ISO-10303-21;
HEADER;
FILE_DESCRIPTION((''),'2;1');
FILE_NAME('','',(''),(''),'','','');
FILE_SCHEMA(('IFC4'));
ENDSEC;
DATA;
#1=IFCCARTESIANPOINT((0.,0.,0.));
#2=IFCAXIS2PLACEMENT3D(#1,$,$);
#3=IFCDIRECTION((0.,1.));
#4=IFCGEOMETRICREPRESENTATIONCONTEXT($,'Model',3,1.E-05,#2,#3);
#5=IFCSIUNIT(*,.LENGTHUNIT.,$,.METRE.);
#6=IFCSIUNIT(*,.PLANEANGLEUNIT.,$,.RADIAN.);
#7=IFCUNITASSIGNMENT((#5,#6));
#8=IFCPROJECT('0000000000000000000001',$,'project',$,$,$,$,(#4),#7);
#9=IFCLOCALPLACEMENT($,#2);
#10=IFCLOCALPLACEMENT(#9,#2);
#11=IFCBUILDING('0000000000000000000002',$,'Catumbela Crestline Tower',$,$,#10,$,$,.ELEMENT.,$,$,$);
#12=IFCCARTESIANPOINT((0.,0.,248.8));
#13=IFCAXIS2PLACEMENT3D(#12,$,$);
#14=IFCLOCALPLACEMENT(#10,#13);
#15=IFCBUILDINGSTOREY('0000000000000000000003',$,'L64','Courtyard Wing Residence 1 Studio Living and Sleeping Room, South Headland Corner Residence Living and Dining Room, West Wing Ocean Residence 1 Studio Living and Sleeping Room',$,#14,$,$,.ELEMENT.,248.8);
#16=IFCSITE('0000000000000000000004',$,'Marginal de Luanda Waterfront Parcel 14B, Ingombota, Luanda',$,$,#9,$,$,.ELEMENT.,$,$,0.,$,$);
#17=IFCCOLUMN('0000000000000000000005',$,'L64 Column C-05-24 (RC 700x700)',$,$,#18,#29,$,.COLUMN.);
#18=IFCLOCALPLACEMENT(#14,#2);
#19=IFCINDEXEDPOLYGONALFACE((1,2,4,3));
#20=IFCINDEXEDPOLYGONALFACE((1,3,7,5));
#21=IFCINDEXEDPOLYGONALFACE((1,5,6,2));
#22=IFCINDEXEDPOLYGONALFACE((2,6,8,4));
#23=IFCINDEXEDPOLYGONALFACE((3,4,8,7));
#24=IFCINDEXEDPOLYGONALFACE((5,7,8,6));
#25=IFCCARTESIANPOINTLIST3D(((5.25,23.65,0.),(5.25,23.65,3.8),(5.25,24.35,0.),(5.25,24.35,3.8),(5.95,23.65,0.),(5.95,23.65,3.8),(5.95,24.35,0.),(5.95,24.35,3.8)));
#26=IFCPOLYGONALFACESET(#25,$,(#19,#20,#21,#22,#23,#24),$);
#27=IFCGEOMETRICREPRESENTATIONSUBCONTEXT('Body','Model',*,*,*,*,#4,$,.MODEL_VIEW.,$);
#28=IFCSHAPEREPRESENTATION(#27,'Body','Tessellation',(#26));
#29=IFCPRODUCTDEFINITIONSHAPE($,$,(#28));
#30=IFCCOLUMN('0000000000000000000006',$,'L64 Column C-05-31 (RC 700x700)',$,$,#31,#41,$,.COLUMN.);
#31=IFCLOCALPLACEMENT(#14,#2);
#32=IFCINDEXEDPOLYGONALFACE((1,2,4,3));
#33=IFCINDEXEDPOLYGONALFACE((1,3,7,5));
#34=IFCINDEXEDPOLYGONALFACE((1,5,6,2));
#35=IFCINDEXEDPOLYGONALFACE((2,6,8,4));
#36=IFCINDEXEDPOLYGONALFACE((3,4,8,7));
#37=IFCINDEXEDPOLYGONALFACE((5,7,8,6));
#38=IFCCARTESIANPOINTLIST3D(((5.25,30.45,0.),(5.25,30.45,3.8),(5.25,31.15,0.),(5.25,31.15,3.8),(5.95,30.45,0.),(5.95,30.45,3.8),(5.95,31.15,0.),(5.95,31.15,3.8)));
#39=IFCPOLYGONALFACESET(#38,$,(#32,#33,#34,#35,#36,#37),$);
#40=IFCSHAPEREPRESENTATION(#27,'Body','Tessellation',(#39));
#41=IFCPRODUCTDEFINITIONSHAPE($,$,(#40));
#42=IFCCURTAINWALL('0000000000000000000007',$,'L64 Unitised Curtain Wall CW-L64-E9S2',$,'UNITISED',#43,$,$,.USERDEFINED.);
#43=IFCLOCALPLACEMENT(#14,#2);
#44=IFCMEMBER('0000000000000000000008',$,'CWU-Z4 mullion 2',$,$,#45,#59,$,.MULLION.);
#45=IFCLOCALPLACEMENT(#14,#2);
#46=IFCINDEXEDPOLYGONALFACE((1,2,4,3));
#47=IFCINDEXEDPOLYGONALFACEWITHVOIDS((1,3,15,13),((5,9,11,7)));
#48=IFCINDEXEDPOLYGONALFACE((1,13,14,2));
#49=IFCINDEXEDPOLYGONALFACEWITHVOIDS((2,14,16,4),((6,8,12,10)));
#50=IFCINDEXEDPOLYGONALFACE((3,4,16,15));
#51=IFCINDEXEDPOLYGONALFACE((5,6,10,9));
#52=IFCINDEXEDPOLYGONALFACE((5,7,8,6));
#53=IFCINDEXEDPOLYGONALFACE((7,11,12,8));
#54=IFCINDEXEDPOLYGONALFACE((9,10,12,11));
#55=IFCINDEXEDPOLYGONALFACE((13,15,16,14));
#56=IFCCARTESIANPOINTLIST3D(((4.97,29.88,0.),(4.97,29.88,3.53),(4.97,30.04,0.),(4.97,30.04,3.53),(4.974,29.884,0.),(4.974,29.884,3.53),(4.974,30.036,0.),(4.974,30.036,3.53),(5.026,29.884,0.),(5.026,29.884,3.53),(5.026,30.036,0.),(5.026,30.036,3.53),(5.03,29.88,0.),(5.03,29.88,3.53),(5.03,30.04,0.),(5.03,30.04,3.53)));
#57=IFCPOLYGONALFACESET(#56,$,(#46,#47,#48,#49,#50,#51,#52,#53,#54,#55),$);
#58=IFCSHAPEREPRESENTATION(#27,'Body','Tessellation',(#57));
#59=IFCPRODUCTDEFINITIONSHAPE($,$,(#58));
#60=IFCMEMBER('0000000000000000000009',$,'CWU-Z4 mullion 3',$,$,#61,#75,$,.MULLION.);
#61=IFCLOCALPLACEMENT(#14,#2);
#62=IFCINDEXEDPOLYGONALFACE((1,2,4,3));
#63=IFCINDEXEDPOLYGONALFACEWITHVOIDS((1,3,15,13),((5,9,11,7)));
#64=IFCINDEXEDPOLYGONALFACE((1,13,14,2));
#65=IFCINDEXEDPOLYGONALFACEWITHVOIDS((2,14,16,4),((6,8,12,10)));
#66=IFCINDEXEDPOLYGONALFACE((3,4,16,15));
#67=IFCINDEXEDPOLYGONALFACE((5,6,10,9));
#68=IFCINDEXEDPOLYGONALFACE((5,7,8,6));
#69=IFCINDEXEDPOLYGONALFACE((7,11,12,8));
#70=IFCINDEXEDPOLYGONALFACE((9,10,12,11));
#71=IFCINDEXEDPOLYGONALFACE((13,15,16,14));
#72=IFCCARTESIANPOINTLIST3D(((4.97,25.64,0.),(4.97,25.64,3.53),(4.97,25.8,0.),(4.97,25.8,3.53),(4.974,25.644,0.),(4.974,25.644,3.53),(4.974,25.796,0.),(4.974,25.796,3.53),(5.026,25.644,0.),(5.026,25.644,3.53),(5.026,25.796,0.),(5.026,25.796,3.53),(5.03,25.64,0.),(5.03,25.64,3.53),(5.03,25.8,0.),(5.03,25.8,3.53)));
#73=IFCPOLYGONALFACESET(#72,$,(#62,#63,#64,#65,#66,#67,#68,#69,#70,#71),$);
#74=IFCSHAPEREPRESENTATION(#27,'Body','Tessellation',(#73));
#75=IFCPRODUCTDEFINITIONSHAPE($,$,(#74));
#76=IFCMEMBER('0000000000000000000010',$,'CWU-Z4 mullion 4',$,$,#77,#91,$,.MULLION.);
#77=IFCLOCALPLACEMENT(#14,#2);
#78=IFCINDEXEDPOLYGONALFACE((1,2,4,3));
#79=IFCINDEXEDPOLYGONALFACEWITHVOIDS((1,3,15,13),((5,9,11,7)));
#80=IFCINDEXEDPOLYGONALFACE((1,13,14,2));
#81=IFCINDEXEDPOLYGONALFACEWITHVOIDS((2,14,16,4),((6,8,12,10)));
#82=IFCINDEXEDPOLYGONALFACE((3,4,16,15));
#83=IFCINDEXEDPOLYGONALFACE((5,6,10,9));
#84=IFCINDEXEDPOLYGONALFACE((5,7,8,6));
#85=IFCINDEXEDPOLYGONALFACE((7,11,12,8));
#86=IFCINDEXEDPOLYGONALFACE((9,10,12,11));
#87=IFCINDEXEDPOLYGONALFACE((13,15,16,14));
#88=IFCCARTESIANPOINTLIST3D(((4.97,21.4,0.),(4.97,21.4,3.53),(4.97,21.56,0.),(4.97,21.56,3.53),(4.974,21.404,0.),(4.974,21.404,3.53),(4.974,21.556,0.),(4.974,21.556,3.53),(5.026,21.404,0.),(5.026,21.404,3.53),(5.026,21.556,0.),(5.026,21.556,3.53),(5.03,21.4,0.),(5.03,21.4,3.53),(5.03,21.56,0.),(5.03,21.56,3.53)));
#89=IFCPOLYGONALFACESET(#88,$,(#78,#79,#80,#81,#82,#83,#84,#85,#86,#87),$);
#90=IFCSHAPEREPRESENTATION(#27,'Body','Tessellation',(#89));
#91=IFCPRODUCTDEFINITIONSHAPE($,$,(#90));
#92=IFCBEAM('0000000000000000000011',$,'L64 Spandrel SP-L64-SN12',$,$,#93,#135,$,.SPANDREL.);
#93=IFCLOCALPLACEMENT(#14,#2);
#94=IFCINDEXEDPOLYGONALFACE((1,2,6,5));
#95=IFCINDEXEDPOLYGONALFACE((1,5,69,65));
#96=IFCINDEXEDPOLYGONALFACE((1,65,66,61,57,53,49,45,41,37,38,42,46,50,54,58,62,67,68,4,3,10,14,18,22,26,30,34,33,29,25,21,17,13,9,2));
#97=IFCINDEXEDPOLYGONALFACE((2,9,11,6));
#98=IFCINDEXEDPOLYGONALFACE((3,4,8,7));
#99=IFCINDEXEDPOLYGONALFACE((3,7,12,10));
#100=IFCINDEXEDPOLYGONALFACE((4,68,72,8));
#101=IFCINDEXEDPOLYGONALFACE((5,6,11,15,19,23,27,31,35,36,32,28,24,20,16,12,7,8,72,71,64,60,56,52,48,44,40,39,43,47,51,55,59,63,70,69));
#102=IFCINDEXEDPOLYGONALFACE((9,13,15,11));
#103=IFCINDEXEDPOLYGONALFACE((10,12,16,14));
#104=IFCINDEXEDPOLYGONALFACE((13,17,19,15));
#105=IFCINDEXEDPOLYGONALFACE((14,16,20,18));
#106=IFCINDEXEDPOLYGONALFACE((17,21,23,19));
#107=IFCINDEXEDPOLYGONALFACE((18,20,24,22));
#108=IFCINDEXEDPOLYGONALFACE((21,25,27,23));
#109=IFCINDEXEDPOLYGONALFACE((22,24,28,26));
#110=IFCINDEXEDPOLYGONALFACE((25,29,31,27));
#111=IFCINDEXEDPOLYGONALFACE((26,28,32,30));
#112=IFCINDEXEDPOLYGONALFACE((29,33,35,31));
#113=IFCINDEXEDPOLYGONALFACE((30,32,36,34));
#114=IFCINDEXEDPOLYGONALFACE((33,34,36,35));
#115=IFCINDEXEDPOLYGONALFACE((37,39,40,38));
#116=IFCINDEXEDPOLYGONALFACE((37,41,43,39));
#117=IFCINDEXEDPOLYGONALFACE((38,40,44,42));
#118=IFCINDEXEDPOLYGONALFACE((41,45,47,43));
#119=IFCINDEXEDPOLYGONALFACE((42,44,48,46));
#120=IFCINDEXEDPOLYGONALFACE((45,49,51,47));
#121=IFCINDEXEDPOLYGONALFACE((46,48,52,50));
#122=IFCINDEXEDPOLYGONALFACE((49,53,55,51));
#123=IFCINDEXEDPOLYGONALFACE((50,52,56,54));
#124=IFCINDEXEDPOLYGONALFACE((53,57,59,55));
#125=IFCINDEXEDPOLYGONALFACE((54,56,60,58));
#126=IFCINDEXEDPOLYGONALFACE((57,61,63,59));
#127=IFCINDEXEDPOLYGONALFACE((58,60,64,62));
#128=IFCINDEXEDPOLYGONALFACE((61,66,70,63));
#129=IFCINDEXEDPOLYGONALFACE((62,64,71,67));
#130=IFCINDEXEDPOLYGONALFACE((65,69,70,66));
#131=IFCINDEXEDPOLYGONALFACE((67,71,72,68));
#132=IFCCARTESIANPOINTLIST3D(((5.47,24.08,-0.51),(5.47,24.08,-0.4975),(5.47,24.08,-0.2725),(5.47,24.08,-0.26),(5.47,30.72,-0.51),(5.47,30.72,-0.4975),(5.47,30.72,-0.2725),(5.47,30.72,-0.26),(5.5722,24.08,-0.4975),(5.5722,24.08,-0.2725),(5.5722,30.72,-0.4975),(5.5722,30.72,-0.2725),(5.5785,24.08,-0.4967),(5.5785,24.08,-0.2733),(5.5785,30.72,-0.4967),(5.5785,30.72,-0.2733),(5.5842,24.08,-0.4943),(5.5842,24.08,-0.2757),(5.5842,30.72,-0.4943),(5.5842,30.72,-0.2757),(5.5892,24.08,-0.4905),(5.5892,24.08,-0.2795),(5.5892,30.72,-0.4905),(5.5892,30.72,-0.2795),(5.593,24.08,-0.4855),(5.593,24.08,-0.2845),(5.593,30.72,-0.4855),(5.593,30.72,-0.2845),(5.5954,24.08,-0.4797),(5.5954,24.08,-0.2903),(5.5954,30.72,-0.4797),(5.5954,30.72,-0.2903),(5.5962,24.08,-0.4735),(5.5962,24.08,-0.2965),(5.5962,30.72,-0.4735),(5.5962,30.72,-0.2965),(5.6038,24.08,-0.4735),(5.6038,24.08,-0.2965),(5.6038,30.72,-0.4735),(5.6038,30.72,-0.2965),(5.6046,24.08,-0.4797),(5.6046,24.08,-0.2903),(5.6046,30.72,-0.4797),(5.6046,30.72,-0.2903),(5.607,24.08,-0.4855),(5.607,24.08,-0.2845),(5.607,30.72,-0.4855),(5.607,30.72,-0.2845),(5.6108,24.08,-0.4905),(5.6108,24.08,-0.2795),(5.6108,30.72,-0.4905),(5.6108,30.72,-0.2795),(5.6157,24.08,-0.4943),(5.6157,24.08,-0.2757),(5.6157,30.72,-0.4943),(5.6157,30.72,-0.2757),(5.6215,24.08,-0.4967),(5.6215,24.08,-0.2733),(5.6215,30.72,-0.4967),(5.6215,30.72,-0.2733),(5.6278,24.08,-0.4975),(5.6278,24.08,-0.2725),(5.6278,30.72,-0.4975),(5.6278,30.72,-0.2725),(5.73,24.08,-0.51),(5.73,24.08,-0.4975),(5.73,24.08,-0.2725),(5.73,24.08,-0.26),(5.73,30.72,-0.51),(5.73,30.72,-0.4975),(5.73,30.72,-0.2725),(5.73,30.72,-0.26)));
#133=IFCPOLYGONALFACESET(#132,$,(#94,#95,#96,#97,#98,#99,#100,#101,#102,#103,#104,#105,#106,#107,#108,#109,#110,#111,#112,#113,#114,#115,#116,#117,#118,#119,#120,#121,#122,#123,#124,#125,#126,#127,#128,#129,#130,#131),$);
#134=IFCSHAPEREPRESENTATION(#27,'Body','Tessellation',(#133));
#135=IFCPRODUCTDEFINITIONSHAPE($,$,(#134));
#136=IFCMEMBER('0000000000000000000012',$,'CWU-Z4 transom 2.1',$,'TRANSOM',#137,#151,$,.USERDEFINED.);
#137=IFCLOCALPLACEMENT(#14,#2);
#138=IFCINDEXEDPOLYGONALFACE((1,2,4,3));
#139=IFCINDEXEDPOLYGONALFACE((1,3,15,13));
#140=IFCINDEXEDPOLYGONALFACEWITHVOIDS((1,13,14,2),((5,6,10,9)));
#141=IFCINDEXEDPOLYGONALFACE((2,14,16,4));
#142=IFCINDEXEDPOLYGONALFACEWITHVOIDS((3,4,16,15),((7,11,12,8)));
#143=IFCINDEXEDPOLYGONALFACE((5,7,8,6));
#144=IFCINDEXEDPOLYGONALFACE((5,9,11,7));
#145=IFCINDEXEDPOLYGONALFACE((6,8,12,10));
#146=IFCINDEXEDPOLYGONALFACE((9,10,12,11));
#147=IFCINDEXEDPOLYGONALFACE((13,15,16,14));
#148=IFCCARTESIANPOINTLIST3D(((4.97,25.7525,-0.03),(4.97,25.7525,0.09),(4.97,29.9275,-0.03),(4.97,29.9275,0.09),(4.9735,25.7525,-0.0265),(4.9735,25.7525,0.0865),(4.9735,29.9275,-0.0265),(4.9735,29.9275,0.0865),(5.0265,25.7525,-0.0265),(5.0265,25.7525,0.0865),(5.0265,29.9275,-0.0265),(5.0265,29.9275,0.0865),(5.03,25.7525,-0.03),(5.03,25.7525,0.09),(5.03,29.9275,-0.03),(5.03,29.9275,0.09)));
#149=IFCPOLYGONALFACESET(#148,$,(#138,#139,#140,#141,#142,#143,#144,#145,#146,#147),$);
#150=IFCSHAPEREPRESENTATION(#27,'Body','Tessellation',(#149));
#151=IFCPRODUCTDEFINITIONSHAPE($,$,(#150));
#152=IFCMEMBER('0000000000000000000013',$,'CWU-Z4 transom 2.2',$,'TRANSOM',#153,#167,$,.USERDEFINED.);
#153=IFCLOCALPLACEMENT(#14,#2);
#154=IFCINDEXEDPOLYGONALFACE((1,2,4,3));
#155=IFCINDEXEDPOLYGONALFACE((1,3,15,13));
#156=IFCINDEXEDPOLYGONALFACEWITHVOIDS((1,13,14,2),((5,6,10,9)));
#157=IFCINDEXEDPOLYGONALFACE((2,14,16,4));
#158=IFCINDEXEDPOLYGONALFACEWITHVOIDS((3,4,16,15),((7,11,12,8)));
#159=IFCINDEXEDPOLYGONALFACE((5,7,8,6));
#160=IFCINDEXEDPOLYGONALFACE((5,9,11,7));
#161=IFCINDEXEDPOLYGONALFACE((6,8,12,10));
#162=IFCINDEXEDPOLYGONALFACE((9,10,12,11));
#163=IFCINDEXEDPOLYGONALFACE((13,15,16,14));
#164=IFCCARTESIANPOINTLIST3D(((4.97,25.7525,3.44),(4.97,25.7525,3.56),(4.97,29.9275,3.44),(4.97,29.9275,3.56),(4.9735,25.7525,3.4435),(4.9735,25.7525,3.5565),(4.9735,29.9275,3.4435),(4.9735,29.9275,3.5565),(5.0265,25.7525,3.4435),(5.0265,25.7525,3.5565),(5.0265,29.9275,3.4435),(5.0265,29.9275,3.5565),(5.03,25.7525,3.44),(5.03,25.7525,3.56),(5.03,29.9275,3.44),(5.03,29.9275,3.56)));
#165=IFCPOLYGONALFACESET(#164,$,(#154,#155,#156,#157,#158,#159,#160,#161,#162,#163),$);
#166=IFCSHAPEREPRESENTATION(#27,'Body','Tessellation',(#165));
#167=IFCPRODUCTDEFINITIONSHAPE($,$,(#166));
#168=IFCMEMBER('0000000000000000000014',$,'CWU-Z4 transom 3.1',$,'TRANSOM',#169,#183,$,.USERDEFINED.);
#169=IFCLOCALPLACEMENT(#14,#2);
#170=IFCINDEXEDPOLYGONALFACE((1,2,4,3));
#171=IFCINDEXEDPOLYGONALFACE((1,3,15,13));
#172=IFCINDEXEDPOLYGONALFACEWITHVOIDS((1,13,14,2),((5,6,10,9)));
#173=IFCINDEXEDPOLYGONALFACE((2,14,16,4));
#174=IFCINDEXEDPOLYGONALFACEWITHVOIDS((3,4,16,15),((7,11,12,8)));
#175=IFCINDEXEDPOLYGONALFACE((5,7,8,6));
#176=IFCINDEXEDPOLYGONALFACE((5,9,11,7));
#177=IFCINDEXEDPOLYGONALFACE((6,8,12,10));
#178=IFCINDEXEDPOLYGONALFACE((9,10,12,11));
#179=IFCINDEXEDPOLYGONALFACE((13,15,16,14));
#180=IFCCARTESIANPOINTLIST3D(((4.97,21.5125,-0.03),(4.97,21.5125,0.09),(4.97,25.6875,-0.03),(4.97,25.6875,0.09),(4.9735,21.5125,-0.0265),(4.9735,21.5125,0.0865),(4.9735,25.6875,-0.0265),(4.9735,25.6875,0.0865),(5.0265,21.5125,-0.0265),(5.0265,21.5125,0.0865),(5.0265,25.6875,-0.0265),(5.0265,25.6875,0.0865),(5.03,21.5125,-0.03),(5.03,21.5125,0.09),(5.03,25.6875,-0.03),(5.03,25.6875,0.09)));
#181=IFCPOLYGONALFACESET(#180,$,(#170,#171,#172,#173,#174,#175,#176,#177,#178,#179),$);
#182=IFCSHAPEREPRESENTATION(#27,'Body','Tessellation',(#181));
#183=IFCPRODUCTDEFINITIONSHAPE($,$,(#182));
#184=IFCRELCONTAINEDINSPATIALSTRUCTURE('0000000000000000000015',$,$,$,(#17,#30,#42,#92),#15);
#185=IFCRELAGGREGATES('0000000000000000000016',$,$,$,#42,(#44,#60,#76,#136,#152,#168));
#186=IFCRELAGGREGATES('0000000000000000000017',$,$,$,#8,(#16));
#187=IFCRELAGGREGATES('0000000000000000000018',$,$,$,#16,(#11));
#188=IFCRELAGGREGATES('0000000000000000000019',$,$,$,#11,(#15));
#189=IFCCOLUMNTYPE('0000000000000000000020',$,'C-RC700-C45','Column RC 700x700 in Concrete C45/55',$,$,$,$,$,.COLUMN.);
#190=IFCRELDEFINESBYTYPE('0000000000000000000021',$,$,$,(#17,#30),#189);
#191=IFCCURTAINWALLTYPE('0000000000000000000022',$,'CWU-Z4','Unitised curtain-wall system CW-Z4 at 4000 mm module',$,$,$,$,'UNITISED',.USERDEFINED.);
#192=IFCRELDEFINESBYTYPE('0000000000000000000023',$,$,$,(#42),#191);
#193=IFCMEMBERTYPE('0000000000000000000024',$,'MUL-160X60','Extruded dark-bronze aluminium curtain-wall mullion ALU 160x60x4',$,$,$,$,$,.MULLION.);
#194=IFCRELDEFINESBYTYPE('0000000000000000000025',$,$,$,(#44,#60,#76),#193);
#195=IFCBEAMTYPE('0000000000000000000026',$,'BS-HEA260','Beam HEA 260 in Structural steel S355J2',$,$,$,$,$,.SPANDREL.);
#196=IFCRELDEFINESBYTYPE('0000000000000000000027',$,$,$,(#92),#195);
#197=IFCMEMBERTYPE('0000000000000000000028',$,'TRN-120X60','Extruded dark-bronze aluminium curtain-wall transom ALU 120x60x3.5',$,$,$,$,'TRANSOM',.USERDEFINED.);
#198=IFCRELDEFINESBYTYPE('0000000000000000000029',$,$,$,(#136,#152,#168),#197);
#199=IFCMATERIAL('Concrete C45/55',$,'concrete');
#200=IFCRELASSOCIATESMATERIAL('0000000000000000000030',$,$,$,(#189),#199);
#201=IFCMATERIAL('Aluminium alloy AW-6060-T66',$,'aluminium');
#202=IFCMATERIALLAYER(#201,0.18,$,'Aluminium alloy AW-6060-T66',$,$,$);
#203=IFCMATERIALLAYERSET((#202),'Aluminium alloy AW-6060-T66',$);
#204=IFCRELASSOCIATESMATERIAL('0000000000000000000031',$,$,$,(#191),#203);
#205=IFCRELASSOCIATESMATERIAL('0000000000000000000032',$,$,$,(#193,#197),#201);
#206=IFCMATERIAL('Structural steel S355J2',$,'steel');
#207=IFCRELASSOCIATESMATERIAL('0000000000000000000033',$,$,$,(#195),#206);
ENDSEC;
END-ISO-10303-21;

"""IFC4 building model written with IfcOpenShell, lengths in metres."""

from ifc_helpers import new_model, si_unit, direction, frame, origin, origin_2d, place, context, subcontext, project, spatial, rectangle, hollow_rectangle, i_section, extrude, material, layer, layer_set, material_profile, profile_set, type_object, element, aggregate, save


model = new_model("IFC4")

# Units and contexts
model_context = context("Model", 3, precision=1e-05, world=origin(), true_north=direction((0.0, 1.0)))
body_context = subcontext(model_context, "Body", "Model", "MODEL_VIEW")
ifc_project = project(units=[si_unit("LENGTHUNIT", "METRE"), si_unit("PLANEANGLEUNIT", "RADIAN")], contexts=[model_context])

# Site, building, storey
site_placement = place(None, origin())
site = spatial("IfcSite", under=ifc_project, at=site_placement, Name="Marginal de Luanda Waterfront Parcel 14B, Ingombota, Luanda", CompositionType="ELEMENT", RefElevation=0.0)
building_placement = place(site_placement, origin())
building = spatial("IfcBuilding", under=site, at=building_placement, Name="Catumbela Crestline Tower", CompositionType="ELEMENT")
storey_placement = place(building_placement, frame((0.0, 0.0, 248.8)))
storey = spatial("IfcBuildingStorey", under=building, at=storey_placement, Name="L64", Description="Courtyard Wing Residence 1 Studio Living and Sleeping Room, South Headland Corner Residence Living and Dining Room, West Wing Ocean Residence 1 Studio Living and Sleeping Room", CompositionType="ELEMENT", Elevation=248.8)

# Columns
ifc_material_1 = material(Name="Concrete C45/55", Category="concrete")
ifc_material_profile_1 = material_profile(ifc_material_1, rectangle(XDim=0.7, YDim=0.7, at=origin_2d()), Name="RC 700x700")
ifc_profile_set_1 = profile_set([ifc_material_profile_1], Name="Concrete C45/55")
column_type = type_object("IfcColumnType", Name="C-RC700-C45", Description="Column RC 700x700 in Concrete C45/55", PredefinedType="COLUMN", material=ifc_profile_set_1)
for number, where, z_axis, x_axis, name in (
    (1, (5.6, 24.0, 0.0), (0.0, 0.0, 1.0), (1.0, 0.0, 0.0), "L64 Column C-05-24 (RC 700x700)"),
    (2, (5.6, 30.8, 0.0), (0.0, 0.0, 1.0), (1.0, 0.0, 0.0), "L64 Column C-05-31 (RC 700x700)"),
):
    element("IfcColumn", number, at=place(storey_placement, frame(where, z_axis=z_axis, x_axis=x_axis)), inside=storey, type_object=column_type, Name=name, PredefinedType="COLUMN", context=body_context, shape_type="SweptSolid", body=[
        extrude(rectangle(XDim=0.7, YDim=0.7, at=origin_2d()), origin(), (0.0, 0.0, 1.0), 3.8),
    ])

# Curtain wall, members
ifc_material_2 = material(Name="Aluminium alloy AW-6060-T66", Category="aluminium")
ifc_layer_1 = layer(ifc_material_2, 0.18, Name="Aluminium alloy AW-6060-T66")
ifc_layer_set_1 = layer_set([ifc_layer_1], Name="Aluminium alloy AW-6060-T66")
curtain_wall_type = type_object("IfcCurtainWallType", Name="CWU-Z4", Description="Unitised curtain-wall system CW-Z4 at 4000 mm module", ElementType="UNITISED", PredefinedType="USERDEFINED", material=ifc_layer_set_1)
curtain_wall_placement = place(storey_placement, origin())
curtain_wall = element("IfcCurtainWall", 3, at=curtain_wall_placement, inside=storey, type_object=curtain_wall_type, Name="L64 Unitised Curtain Wall CW-L64-E9S2", ObjectType="UNITISED", PredefinedType="USERDEFINED")
ifc_material_profile_2 = material_profile(ifc_material_2, hollow_rectangle(XDim=0.06, YDim=0.16, WallThickness=0.004, at=origin_2d()), Name="ALU 160x60x4")
ifc_profile_set_2 = profile_set([ifc_material_profile_2], Name="Aluminium alloy AW-6060-T66")
member_type_1 = type_object("IfcMemberType", Name="MUL-160X60", Description="Extruded dark-bronze aluminium curtain-wall mullion ALU 160x60x4", PredefinedType="MULLION", material=ifc_profile_set_2)
member_1_placement = place(storey_placement, frame((5.0, 29.96, 0.0), z_axis=(0.0, 0.0, 1.0), x_axis=(1.0, 0.0, 0.0)))
member_1 = element("IfcMember", 4, at=member_1_placement, type_object=member_type_1, Name="CWU-Z4 mullion 2", PredefinedType="MULLION", context=body_context, shape_type="SweptSolid", body=[
    extrude(hollow_rectangle(XDim=0.06, YDim=0.16, WallThickness=0.004, at=origin_2d()), origin(), (0.0, 0.0, 1.0), 3.53),
])
member_2_placement = place(storey_placement, frame((5.0, 25.72, 0.0), z_axis=(0.0, 0.0, 1.0), x_axis=(1.0, 0.0, 0.0)))
member_2 = element("IfcMember", 5, at=member_2_placement, type_object=member_type_1, Name="CWU-Z4 mullion 3", PredefinedType="MULLION", context=body_context, shape_type="SweptSolid", body=[
    extrude(hollow_rectangle(XDim=0.06, YDim=0.16, WallThickness=0.004, at=origin_2d()), origin(), (0.0, 0.0, 1.0), 3.53),
])
member_3_placement = place(storey_placement, frame((5.0, 21.48, 0.0), z_axis=(0.0, 0.0, 1.0), x_axis=(1.0, 0.0, 0.0)))
member_3 = element("IfcMember", 6, at=member_3_placement, type_object=member_type_1, Name="CWU-Z4 mullion 4", PredefinedType="MULLION", context=body_context, shape_type="SweptSolid", body=[
    extrude(hollow_rectangle(XDim=0.06, YDim=0.16, WallThickness=0.004, at=origin_2d()), origin(), (0.0, 0.0, 1.0), 3.53),
])

# Beam
ifc_material_3 = material(Name="Structural steel S355J2", Category="steel")
ifc_material_profile_3 = material_profile(ifc_material_3, i_section(OverallWidth=0.26, OverallDepth=0.25, WebThickness=0.0075, FlangeThickness=0.0125, FilletRadius=0.024, at=origin_2d()), Name="HEA 260")
ifc_profile_set_3 = profile_set([ifc_material_profile_3], Name="Structural steel S355J2")
beam_type = type_object("IfcBeamType", Name="BS-HEA260", Description="Beam HEA 260 in Structural steel S355J2", PredefinedType="SPANDREL", material=ifc_profile_set_3)
beam_placement = place(storey_placement, frame((5.6, 24.08, -0.385), z_axis=(0.0, 1.0, 0.0), x_axis=(-1.0, 0.0, 0.0)))
element("IfcBeam", 7, at=beam_placement, inside=storey, type_object=beam_type, Name="L64 Spandrel SP-L64-SN12", PredefinedType="SPANDREL", context=body_context, shape_type="SweptSolid", body=[
    extrude(i_section(OverallWidth=0.26, OverallDepth=0.25, WebThickness=0.0075, FlangeThickness=0.0125, FilletRadius=0.024, at=origin_2d()), origin(), (0.0, 0.0, 1.0), 6.64),
])

# Members
ifc_material_profile_4 = material_profile(ifc_material_2, hollow_rectangle(XDim=0.06, YDim=0.12, WallThickness=0.0035, at=origin_2d()), Name="ALU 120x60x3.5")
ifc_profile_set_4 = profile_set([ifc_material_profile_4], Name="Aluminium alloy AW-6060-T66")
member_type_2 = type_object("IfcMemberType", Name="TRN-120X60", Description="Extruded dark-bronze aluminium curtain-wall transom ALU 120x60x3.5", ElementType="TRANSOM", PredefinedType="USERDEFINED", material=ifc_profile_set_4)
member_4_placement = place(storey_placement, frame((5.0, 29.9275, 0.03), z_axis=(0.0, -1.0, 0.0), x_axis=(1.0, 0.0, 0.0)))
member_4 = element("IfcMember", 8, at=member_4_placement, type_object=member_type_2, Name="CWU-Z4 transom 2.1", ObjectType="TRANSOM", PredefinedType="USERDEFINED", context=body_context, shape_type="SweptSolid", body=[
    extrude(hollow_rectangle(XDim=0.06, YDim=0.12, WallThickness=0.0035, at=origin_2d()), origin(), (0.0, 0.0, 1.0), 4.175),
])
member_5_placement = place(storey_placement, frame((5.0, 29.9275, 3.5), z_axis=(0.0, -1.0, 0.0), x_axis=(1.0, 0.0, 0.0)))
member_5 = element("IfcMember", 9, at=member_5_placement, type_object=member_type_2, Name="CWU-Z4 transom 2.2", ObjectType="TRANSOM", PredefinedType="USERDEFINED", context=body_context, shape_type="SweptSolid", body=[
    extrude(hollow_rectangle(XDim=0.06, YDim=0.12, WallThickness=0.0035, at=origin_2d()), origin(), (0.0, 0.0, 1.0), 4.175),
])
member_6_placement = place(storey_placement, frame((5.0, 25.6875, 0.03), z_axis=(0.0, -1.0, 0.0), x_axis=(1.0, 0.0, 0.0)))
member_6 = element("IfcMember", 10, at=member_6_placement, type_object=member_type_2, Name="CWU-Z4 transom 3.1", ObjectType="TRANSOM", PredefinedType="USERDEFINED", context=body_context, shape_type="SweptSolid", body=[
    extrude(hollow_rectangle(XDim=0.06, YDim=0.12, WallThickness=0.0035, at=origin_2d()), origin(), (0.0, 0.0, 1.0), 4.175),
])

aggregate(curtain_wall, [member_1, member_2, member_3, member_4, member_5, member_6])

save(model, "model.ifc")
